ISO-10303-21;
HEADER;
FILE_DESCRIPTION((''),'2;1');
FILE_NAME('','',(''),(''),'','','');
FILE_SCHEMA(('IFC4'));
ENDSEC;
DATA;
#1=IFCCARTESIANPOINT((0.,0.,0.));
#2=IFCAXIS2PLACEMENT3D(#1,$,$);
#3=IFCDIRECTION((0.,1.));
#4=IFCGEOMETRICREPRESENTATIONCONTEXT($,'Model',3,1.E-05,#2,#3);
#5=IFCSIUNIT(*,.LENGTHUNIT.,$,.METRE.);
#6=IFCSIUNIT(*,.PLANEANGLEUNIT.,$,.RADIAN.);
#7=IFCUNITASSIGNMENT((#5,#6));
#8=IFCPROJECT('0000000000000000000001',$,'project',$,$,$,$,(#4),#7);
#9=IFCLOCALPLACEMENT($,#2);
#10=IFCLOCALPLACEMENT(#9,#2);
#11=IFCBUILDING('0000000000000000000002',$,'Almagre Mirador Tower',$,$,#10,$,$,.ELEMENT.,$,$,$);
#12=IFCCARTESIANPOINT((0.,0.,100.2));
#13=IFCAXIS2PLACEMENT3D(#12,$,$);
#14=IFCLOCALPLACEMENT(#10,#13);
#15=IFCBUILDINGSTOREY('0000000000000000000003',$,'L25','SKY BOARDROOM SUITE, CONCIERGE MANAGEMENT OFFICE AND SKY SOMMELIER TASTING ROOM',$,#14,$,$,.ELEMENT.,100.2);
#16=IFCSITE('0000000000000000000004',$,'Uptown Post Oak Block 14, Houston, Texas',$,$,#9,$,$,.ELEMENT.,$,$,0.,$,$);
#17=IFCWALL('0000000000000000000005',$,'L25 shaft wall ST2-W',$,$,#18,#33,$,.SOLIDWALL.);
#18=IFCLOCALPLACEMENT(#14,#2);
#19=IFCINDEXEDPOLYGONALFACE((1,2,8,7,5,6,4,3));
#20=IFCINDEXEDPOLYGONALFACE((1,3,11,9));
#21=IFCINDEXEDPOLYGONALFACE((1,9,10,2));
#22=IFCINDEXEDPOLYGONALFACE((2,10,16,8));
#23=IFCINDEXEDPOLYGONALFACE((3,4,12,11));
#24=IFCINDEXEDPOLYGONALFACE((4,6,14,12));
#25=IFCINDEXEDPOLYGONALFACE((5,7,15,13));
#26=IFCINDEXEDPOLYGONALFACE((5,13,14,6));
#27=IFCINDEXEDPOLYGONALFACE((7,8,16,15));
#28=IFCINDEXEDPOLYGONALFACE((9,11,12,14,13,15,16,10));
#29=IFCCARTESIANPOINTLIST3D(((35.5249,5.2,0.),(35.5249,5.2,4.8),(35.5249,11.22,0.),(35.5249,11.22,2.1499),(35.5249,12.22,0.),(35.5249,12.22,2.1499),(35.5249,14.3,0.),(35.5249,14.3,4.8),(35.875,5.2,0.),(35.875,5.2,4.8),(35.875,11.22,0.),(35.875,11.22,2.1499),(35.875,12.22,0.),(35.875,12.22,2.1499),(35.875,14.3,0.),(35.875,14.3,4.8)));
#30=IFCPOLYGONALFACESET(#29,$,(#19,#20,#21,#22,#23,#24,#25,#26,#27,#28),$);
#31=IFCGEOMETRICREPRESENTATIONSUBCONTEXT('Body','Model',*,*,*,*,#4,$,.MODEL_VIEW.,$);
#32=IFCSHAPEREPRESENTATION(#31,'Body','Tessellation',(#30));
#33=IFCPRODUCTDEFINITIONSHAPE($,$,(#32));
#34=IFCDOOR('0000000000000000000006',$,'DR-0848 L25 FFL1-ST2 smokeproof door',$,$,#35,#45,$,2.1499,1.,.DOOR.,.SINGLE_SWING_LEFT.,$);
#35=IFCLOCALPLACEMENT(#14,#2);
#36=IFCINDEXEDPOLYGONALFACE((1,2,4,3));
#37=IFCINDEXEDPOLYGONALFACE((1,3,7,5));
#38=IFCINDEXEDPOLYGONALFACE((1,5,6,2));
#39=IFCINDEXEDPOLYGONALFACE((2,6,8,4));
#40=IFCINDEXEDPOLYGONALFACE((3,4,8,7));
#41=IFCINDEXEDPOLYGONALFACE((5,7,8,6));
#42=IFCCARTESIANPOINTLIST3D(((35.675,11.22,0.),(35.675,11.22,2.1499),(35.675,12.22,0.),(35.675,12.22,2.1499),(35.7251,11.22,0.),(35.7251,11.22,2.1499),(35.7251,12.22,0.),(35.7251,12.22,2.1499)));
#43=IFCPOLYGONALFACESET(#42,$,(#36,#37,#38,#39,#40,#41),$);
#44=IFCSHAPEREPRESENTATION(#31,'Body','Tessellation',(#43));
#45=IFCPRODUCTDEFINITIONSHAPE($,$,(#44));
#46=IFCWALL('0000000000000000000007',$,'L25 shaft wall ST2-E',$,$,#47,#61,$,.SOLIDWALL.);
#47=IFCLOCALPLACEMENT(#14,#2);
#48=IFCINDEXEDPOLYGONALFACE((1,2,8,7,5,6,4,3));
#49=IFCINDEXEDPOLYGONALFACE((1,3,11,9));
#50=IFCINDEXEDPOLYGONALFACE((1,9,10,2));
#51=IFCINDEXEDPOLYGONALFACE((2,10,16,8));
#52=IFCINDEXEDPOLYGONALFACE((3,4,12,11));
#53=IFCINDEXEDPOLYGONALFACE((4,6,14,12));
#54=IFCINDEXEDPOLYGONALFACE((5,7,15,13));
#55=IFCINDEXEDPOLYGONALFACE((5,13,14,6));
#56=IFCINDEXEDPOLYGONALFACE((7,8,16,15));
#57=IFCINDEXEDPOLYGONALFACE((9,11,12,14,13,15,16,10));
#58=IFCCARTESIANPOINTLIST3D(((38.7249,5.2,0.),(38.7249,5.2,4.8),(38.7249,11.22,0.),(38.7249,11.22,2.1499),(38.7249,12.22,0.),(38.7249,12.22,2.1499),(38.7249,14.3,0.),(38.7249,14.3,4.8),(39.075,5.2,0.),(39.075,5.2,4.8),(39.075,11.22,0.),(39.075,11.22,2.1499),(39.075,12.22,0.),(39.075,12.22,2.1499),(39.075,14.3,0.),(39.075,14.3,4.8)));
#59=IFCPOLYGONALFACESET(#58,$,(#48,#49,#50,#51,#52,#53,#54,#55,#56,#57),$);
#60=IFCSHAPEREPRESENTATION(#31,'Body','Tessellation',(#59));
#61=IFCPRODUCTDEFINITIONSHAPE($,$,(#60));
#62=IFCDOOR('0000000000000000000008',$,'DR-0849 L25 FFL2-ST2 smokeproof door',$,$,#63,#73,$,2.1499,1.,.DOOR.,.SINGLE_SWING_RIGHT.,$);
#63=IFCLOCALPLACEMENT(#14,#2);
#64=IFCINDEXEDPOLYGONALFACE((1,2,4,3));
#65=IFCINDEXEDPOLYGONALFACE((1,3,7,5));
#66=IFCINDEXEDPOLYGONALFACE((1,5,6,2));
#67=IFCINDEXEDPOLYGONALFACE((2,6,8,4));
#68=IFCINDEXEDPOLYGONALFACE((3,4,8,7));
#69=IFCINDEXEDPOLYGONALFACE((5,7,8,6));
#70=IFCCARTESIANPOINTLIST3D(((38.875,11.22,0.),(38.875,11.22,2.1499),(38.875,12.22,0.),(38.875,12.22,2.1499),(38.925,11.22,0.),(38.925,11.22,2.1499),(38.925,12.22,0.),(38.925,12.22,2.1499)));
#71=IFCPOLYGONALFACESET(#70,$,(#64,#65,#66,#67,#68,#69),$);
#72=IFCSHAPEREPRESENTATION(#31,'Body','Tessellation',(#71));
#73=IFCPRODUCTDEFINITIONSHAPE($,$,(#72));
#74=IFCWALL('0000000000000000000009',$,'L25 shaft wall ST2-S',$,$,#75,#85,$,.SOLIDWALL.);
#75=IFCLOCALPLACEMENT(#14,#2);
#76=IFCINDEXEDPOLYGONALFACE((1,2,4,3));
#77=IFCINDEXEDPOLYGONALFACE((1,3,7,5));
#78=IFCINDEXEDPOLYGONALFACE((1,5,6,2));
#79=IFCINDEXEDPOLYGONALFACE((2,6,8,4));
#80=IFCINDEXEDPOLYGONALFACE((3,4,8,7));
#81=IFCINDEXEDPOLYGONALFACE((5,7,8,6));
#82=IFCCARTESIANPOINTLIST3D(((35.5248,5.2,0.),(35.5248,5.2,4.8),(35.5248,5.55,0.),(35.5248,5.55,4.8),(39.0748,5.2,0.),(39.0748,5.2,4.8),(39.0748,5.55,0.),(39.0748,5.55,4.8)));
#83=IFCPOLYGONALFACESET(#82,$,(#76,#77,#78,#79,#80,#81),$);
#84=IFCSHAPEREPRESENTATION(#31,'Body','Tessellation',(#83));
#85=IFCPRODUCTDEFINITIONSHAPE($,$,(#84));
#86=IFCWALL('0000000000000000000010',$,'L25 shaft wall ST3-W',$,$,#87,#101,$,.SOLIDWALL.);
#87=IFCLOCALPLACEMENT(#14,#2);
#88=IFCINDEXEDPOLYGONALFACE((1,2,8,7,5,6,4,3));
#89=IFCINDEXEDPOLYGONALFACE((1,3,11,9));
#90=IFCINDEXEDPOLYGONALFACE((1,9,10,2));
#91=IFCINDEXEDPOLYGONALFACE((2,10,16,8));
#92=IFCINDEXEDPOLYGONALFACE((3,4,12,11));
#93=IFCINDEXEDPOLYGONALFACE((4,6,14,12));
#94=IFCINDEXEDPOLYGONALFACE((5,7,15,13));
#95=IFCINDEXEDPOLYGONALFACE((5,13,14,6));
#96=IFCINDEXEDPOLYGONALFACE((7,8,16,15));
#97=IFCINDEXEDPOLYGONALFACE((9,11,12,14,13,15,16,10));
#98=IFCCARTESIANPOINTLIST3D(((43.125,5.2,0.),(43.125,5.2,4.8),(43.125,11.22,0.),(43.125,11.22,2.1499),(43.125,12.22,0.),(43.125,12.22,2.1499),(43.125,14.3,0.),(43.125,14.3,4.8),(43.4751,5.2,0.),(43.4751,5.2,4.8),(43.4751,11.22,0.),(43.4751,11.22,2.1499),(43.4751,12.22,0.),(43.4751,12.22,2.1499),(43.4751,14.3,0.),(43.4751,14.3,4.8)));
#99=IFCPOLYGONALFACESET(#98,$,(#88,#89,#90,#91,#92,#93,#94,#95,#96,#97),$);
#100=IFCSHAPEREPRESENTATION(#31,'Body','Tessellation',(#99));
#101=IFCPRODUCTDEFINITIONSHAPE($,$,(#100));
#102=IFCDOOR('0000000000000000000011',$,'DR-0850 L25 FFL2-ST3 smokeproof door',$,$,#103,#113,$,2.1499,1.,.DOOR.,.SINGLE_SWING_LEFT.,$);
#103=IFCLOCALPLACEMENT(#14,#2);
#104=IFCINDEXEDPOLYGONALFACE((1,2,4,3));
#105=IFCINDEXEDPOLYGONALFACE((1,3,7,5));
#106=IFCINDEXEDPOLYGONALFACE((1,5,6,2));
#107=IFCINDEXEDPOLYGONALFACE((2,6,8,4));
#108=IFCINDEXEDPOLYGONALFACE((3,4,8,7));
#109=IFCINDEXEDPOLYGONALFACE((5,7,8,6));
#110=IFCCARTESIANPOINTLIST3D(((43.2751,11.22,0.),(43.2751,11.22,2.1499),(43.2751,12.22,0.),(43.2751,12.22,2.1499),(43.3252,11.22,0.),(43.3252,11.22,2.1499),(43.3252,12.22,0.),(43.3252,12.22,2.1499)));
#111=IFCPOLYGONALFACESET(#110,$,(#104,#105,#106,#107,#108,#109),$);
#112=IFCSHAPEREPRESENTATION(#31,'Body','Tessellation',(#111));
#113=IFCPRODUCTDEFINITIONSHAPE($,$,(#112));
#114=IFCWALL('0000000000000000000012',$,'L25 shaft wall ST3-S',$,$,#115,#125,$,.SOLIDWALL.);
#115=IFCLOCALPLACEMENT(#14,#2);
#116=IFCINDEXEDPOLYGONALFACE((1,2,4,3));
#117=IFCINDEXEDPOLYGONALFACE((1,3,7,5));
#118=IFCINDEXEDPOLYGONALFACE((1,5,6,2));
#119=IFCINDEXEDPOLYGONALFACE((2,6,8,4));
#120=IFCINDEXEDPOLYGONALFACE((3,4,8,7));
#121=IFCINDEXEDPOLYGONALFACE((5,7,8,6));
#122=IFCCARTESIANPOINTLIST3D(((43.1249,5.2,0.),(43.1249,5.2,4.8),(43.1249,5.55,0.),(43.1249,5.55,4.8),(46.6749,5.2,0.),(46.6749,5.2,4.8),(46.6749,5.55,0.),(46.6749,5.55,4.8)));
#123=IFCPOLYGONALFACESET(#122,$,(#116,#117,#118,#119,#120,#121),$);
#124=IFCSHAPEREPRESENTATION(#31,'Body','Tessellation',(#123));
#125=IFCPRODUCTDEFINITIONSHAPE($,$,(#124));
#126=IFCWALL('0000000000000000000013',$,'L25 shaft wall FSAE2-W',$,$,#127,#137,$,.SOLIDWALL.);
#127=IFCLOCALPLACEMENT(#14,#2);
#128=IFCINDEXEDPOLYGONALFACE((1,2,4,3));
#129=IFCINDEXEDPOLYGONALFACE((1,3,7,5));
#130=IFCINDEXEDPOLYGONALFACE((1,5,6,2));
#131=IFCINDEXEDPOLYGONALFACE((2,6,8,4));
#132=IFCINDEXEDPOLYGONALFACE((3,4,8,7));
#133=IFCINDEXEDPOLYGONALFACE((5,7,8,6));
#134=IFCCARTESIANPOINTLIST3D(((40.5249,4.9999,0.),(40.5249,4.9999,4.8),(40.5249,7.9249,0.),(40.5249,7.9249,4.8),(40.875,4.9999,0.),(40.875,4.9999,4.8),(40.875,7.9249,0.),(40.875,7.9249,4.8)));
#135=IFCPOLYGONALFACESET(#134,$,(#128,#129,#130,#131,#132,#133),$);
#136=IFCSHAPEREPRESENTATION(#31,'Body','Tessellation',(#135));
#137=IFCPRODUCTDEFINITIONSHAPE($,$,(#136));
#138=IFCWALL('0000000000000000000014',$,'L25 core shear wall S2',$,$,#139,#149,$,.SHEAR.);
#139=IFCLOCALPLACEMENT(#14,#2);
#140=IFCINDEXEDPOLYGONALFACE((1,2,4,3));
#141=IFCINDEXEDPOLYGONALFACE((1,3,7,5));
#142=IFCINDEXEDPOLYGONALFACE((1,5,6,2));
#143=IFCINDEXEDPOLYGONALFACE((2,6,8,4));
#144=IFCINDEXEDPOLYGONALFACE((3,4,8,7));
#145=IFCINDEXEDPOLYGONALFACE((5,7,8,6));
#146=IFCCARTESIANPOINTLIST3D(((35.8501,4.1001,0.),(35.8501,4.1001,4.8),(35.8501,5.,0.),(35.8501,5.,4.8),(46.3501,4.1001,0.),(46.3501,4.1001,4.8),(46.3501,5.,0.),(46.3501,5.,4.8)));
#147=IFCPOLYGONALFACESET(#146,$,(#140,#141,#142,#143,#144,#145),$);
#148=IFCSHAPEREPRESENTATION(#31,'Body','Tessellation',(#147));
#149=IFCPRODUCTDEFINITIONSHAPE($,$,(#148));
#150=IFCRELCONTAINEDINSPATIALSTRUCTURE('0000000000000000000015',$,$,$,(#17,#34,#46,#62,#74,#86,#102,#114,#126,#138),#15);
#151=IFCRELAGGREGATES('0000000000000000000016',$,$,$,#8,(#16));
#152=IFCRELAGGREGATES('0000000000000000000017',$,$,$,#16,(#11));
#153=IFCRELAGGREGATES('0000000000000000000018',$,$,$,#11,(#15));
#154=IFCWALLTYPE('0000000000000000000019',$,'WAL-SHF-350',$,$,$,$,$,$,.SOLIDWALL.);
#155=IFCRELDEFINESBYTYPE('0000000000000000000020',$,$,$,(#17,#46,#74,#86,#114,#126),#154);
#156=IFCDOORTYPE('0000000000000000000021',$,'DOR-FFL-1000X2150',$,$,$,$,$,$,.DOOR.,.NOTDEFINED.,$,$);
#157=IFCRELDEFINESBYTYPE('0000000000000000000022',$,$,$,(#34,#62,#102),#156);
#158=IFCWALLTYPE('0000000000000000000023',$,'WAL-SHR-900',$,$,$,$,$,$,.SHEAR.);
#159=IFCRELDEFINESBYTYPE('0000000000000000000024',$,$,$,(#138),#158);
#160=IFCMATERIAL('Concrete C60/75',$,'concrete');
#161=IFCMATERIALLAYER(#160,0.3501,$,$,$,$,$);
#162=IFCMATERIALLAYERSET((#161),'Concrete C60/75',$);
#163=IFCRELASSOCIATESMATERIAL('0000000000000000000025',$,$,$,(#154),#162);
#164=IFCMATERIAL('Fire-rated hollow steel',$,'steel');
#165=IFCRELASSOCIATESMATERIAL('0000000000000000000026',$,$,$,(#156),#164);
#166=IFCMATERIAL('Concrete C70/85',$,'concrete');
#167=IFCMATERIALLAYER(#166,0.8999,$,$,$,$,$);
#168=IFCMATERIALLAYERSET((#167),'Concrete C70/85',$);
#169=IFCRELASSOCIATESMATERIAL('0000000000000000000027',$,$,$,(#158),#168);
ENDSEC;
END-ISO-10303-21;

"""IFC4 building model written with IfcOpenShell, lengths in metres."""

from ifc_helpers import new_model, si_unit, direction, frame, frame_2d, origin, place, context, subcontext, project, spatial, rectangle, extrude, material, layer, layer_set, type_object, element, fill, save


model = new_model("IFC4")

# Units and contexts
model_context = context("Model", 3, precision=1e-05, world=origin(), true_north=direction((0.0, 1.0)))
body_context = subcontext(model_context, "Body", "Model", "MODEL_VIEW")
ifc_project = project(units=[si_unit("LENGTHUNIT", "METRE"), si_unit("PLANEANGLEUNIT", "RADIAN")], contexts=[model_context])

# Site, building, storey
site_placement = place(None, origin())
site = spatial("IfcSite", under=ifc_project, at=site_placement, Name="Uptown Post Oak Block 14, Houston, Texas", CompositionType="ELEMENT", RefElevation=0.0)
building_placement = place(site_placement, origin())
building = spatial("IfcBuilding", under=site, at=building_placement, Name="Almagre Mirador Tower", CompositionType="ELEMENT")
storey_placement = place(building_placement, frame((0.0, 0.0, 100.2)))
storey = spatial("IfcBuildingStorey", under=building, at=storey_placement, Name="L25", Description="SKY BOARDROOM SUITE, CONCIERGE MANAGEMENT OFFICE AND SKY SOMMELIER TASTING ROOM", CompositionType="ELEMENT", Elevation=100.2)

# Walls, openings, doors
ifc_material_1 = material(Name="Concrete C60/75", Category="concrete")
ifc_layer_1 = layer(ifc_material_1, 0.3501)
ifc_layer_set_1 = layer_set([ifc_layer_1], Name="Concrete C60/75")
wall_type_1 = type_object("IfcWallType", Name="WAL-SHF-350", PredefinedType="SOLIDWALL", material=ifc_layer_set_1)
wall_1_placement = place(storey_placement, frame((35.7, 5.2, 0.0), z_axis=(0.0, 0.0, 1.0), x_axis=(0.0, 1.0, 0.0)))
wall_1 = element("IfcWall", 1, at=wall_1_placement, inside=storey, type_object=wall_type_1, Name="L25 shaft wall ST2-W", PredefinedType="SOLIDWALL", context=body_context, shape_type="SweptSolid", body=[
    extrude(rectangle(XDim=9.1001, YDim=0.3501, at=frame_2d((4.55, 0.0))), origin(), (0.0, 0.0, 1.0), 4.8),
])
opening_1_placement = place(wall_1_placement, frame((6.02, 0.0, 0.0)))
opening_1 = element("IfcOpeningElement", 2, at=opening_1_placement, cuts=wall_1, PredefinedType="OPENING", context=body_context, shape_type="SweptSolid", body=[
    extrude(rectangle(XDim=1.0, YDim=2.1499, at=frame_2d((0.5, 1.075))), frame((0.0, 0.185, 0.0), z_axis=(0.0, -1.0, 0.0), x_axis=(1.0, 0.0, 0.0)), (0.0, 0.0, 1.0), 0.3701),
])
ifc_material_2 = material(Name="Fire-rated hollow steel", Category="steel")
door_type = type_object("IfcDoorType", Name="DOR-FFL-1000X2150", OperationType="NOTDEFINED", PredefinedType="DOOR", material=ifc_material_2)
door_1_placement = place(opening_1_placement, origin())
door_1 = element("IfcDoor", 3, at=door_1_placement, inside=storey, type_object=door_type, Name="DR-0848 L25 FFL1-ST2 smokeproof door", OperationType="SINGLE_SWING_LEFT", OverallHeight=2.1499, OverallWidth=1.0, PredefinedType="DOOR", context=body_context, shape_type="SweptSolid", body=[
    extrude(rectangle(XDim=1.0, YDim=2.1499, at=frame_2d((0.5, 1.075))), frame((0.0, 0.0249, 0.0), z_axis=(0.0, -1.0, 0.0), x_axis=(1.0, 0.0, 0.0)), (0.0, 0.0, 1.0), 0.05),
])
fill(opening_1, door_1)
wall_2_placement = place(storey_placement, frame((38.8999, 5.2, 0.0), z_axis=(0.0, 0.0, 1.0), x_axis=(0.0, 1.0, 0.0)))
wall_2 = element("IfcWall", 4, at=wall_2_placement, inside=storey, type_object=wall_type_1, Name="L25 shaft wall ST2-E", PredefinedType="SOLIDWALL", context=body_context, shape_type="SweptSolid", body=[
    extrude(rectangle(XDim=9.1001, YDim=0.3501, at=frame_2d((4.55, 0.0))), origin(), (0.0, 0.0, 1.0), 4.8),
])
opening_2_placement = place(wall_2_placement, frame((6.02, 0.0, 0.0)))
opening_2 = element("IfcOpeningElement", 5, at=opening_2_placement, cuts=wall_2, PredefinedType="OPENING", context=body_context, shape_type="SweptSolid", body=[
    extrude(rectangle(XDim=1.0, YDim=2.1499, at=frame_2d((0.5, 1.075))), frame((0.0, 0.185, 0.0), z_axis=(0.0, -1.0, 0.0), x_axis=(1.0, 0.0, 0.0)), (0.0, 0.0, 1.0), 0.3701),
])
door_2_placement = place(opening_2_placement, origin())
door_2 = element("IfcDoor", 6, at=door_2_placement, inside=storey, type_object=door_type, Name="DR-0849 L25 FFL2-ST2 smokeproof door", OperationType="SINGLE_SWING_RIGHT", OverallHeight=2.1499, OverallWidth=1.0, PredefinedType="DOOR", context=body_context, shape_type="SweptSolid", body=[
    extrude(rectangle(XDim=1.0, YDim=2.1499, at=frame_2d((0.5, 1.075))), frame((0.0, 0.0249, 0.0), z_axis=(0.0, -1.0, 0.0), x_axis=(1.0, 0.0, 0.0)), (0.0, 0.0, 1.0), 0.05),
])
fill(opening_2, door_2)

# Wall
wall_3_placement = place(storey_placement, frame((35.5249, 5.375, 0.0), z_axis=(0.0, 0.0, 1.0), x_axis=(1.0, 0.0, 0.0)))
element("IfcWall", 7, at=wall_3_placement, inside=storey, type_object=wall_type_1, Name="L25 shaft wall ST2-S", PredefinedType="SOLIDWALL", context=body_context, shape_type="SweptSolid", body=[
    extrude(rectangle(XDim=3.55, YDim=0.3501, at=frame_2d((1.7749, 0.0))), origin(), (0.0, 0.0, 1.0), 4.8),
])

# Wall, opening, door
wall_4_placement = place(storey_placement, frame((43.3, 5.2, 0.0), z_axis=(0.0, 0.0, 1.0), x_axis=(0.0, 1.0, 0.0)))
wall_4 = element("IfcWall", 8, at=wall_4_placement, inside=storey, type_object=wall_type_1, Name="L25 shaft wall ST3-W", PredefinedType="SOLIDWALL", context=body_context, shape_type="SweptSolid", body=[
    extrude(rectangle(XDim=9.1001, YDim=0.3501, at=frame_2d((4.55, 0.0))), origin(), (0.0, 0.0, 1.0), 4.8),
])
opening_3_placement = place(wall_4_placement, frame((6.02, 0.0, 0.0)))
opening_3 = element("IfcOpeningElement", 9, at=opening_3_placement, cuts=wall_4, PredefinedType="OPENING", context=body_context, shape_type="SweptSolid", body=[
    extrude(rectangle(XDim=1.0, YDim=2.1499, at=frame_2d((0.5, 1.075))), frame((0.0, 0.185, 0.0), z_axis=(0.0, -1.0, 0.0), x_axis=(1.0, 0.0, 0.0)), (0.0, 0.0, 1.0), 0.3701),
])
door_3_placement = place(opening_3_placement, origin())
door_3 = element("IfcDoor", 10, at=door_3_placement, inside=storey, type_object=door_type, Name="DR-0850 L25 FFL2-ST3 smokeproof door", OperationType="SINGLE_SWING_LEFT", OverallHeight=2.1499, OverallWidth=1.0, PredefinedType="DOOR", context=body_context, shape_type="SweptSolid", body=[
    extrude(rectangle(XDim=1.0, YDim=2.1499, at=frame_2d((0.5, 1.075))), frame((0.0, 0.0249, 0.0), z_axis=(0.0, -1.0, 0.0), x_axis=(1.0, 0.0, 0.0)), (0.0, 0.0, 1.0), 0.05),
])
fill(opening_3, door_3)

# Walls
wall_5_placement = place(storey_placement, frame((43.125, 5.375, 0.0), z_axis=(0.0, 0.0, 1.0), x_axis=(1.0, 0.0, 0.0)))
element("IfcWall", 11, at=wall_5_placement, inside=storey, type_object=wall_type_1, Name="L25 shaft wall ST3-S", PredefinedType="SOLIDWALL", context=body_context, shape_type="SweptSolid", body=[
    extrude(rectangle(XDim=3.55, YDim=0.3501, at=frame_2d((1.7749, 0.0))), origin(), (0.0, 0.0, 1.0), 4.8),
])
wall_6_placement = place(storey_placement, frame((40.7, 5.0, 0.0), z_axis=(0.0, 0.0, 1.0), x_axis=(0.0, 1.0, 0.0)))
element("IfcWall", 12, at=wall_6_placement, inside=storey, type_object=wall_type_1, Name="L25 shaft wall FSAE2-W", PredefinedType="SOLIDWALL", context=body_context, shape_type="SweptSolid", body=[
    extrude(rectangle(XDim=2.925, YDim=0.3501, at=frame_2d((1.4624, 0.0))), origin(), (0.0, 0.0, 1.0), 4.8),
])
ifc_material_3 = material(Name="Concrete C70/85", Category="concrete")
ifc_layer_2 = layer(ifc_material_3, 0.8999)
ifc_layer_set_2 = layer_set([ifc_layer_2], Name="Concrete C70/85")
wall_type_2 = type_object("IfcWallType", Name="WAL-SHR-900", PredefinedType="SHEAR", material=ifc_layer_set_2)
wall_7_placement = place(storey_placement, frame((35.8501, 4.55, 0.0), z_axis=(0.0, 0.0, 1.0), x_axis=(1.0, 0.0, 0.0)))
element("IfcWall", 13, at=wall_7_placement, inside=storey, type_object=wall_type_2, Name="L25 core shear wall S2", PredefinedType="SHEAR", context=body_context, shape_type="SweptSolid", body=[
    extrude(rectangle(XDim=10.5, YDim=0.8999, at=frame_2d((5.25, 0.0))), origin(), (0.0, 0.0, 1.0), 4.8),
])

save(model, "model.ifc")
